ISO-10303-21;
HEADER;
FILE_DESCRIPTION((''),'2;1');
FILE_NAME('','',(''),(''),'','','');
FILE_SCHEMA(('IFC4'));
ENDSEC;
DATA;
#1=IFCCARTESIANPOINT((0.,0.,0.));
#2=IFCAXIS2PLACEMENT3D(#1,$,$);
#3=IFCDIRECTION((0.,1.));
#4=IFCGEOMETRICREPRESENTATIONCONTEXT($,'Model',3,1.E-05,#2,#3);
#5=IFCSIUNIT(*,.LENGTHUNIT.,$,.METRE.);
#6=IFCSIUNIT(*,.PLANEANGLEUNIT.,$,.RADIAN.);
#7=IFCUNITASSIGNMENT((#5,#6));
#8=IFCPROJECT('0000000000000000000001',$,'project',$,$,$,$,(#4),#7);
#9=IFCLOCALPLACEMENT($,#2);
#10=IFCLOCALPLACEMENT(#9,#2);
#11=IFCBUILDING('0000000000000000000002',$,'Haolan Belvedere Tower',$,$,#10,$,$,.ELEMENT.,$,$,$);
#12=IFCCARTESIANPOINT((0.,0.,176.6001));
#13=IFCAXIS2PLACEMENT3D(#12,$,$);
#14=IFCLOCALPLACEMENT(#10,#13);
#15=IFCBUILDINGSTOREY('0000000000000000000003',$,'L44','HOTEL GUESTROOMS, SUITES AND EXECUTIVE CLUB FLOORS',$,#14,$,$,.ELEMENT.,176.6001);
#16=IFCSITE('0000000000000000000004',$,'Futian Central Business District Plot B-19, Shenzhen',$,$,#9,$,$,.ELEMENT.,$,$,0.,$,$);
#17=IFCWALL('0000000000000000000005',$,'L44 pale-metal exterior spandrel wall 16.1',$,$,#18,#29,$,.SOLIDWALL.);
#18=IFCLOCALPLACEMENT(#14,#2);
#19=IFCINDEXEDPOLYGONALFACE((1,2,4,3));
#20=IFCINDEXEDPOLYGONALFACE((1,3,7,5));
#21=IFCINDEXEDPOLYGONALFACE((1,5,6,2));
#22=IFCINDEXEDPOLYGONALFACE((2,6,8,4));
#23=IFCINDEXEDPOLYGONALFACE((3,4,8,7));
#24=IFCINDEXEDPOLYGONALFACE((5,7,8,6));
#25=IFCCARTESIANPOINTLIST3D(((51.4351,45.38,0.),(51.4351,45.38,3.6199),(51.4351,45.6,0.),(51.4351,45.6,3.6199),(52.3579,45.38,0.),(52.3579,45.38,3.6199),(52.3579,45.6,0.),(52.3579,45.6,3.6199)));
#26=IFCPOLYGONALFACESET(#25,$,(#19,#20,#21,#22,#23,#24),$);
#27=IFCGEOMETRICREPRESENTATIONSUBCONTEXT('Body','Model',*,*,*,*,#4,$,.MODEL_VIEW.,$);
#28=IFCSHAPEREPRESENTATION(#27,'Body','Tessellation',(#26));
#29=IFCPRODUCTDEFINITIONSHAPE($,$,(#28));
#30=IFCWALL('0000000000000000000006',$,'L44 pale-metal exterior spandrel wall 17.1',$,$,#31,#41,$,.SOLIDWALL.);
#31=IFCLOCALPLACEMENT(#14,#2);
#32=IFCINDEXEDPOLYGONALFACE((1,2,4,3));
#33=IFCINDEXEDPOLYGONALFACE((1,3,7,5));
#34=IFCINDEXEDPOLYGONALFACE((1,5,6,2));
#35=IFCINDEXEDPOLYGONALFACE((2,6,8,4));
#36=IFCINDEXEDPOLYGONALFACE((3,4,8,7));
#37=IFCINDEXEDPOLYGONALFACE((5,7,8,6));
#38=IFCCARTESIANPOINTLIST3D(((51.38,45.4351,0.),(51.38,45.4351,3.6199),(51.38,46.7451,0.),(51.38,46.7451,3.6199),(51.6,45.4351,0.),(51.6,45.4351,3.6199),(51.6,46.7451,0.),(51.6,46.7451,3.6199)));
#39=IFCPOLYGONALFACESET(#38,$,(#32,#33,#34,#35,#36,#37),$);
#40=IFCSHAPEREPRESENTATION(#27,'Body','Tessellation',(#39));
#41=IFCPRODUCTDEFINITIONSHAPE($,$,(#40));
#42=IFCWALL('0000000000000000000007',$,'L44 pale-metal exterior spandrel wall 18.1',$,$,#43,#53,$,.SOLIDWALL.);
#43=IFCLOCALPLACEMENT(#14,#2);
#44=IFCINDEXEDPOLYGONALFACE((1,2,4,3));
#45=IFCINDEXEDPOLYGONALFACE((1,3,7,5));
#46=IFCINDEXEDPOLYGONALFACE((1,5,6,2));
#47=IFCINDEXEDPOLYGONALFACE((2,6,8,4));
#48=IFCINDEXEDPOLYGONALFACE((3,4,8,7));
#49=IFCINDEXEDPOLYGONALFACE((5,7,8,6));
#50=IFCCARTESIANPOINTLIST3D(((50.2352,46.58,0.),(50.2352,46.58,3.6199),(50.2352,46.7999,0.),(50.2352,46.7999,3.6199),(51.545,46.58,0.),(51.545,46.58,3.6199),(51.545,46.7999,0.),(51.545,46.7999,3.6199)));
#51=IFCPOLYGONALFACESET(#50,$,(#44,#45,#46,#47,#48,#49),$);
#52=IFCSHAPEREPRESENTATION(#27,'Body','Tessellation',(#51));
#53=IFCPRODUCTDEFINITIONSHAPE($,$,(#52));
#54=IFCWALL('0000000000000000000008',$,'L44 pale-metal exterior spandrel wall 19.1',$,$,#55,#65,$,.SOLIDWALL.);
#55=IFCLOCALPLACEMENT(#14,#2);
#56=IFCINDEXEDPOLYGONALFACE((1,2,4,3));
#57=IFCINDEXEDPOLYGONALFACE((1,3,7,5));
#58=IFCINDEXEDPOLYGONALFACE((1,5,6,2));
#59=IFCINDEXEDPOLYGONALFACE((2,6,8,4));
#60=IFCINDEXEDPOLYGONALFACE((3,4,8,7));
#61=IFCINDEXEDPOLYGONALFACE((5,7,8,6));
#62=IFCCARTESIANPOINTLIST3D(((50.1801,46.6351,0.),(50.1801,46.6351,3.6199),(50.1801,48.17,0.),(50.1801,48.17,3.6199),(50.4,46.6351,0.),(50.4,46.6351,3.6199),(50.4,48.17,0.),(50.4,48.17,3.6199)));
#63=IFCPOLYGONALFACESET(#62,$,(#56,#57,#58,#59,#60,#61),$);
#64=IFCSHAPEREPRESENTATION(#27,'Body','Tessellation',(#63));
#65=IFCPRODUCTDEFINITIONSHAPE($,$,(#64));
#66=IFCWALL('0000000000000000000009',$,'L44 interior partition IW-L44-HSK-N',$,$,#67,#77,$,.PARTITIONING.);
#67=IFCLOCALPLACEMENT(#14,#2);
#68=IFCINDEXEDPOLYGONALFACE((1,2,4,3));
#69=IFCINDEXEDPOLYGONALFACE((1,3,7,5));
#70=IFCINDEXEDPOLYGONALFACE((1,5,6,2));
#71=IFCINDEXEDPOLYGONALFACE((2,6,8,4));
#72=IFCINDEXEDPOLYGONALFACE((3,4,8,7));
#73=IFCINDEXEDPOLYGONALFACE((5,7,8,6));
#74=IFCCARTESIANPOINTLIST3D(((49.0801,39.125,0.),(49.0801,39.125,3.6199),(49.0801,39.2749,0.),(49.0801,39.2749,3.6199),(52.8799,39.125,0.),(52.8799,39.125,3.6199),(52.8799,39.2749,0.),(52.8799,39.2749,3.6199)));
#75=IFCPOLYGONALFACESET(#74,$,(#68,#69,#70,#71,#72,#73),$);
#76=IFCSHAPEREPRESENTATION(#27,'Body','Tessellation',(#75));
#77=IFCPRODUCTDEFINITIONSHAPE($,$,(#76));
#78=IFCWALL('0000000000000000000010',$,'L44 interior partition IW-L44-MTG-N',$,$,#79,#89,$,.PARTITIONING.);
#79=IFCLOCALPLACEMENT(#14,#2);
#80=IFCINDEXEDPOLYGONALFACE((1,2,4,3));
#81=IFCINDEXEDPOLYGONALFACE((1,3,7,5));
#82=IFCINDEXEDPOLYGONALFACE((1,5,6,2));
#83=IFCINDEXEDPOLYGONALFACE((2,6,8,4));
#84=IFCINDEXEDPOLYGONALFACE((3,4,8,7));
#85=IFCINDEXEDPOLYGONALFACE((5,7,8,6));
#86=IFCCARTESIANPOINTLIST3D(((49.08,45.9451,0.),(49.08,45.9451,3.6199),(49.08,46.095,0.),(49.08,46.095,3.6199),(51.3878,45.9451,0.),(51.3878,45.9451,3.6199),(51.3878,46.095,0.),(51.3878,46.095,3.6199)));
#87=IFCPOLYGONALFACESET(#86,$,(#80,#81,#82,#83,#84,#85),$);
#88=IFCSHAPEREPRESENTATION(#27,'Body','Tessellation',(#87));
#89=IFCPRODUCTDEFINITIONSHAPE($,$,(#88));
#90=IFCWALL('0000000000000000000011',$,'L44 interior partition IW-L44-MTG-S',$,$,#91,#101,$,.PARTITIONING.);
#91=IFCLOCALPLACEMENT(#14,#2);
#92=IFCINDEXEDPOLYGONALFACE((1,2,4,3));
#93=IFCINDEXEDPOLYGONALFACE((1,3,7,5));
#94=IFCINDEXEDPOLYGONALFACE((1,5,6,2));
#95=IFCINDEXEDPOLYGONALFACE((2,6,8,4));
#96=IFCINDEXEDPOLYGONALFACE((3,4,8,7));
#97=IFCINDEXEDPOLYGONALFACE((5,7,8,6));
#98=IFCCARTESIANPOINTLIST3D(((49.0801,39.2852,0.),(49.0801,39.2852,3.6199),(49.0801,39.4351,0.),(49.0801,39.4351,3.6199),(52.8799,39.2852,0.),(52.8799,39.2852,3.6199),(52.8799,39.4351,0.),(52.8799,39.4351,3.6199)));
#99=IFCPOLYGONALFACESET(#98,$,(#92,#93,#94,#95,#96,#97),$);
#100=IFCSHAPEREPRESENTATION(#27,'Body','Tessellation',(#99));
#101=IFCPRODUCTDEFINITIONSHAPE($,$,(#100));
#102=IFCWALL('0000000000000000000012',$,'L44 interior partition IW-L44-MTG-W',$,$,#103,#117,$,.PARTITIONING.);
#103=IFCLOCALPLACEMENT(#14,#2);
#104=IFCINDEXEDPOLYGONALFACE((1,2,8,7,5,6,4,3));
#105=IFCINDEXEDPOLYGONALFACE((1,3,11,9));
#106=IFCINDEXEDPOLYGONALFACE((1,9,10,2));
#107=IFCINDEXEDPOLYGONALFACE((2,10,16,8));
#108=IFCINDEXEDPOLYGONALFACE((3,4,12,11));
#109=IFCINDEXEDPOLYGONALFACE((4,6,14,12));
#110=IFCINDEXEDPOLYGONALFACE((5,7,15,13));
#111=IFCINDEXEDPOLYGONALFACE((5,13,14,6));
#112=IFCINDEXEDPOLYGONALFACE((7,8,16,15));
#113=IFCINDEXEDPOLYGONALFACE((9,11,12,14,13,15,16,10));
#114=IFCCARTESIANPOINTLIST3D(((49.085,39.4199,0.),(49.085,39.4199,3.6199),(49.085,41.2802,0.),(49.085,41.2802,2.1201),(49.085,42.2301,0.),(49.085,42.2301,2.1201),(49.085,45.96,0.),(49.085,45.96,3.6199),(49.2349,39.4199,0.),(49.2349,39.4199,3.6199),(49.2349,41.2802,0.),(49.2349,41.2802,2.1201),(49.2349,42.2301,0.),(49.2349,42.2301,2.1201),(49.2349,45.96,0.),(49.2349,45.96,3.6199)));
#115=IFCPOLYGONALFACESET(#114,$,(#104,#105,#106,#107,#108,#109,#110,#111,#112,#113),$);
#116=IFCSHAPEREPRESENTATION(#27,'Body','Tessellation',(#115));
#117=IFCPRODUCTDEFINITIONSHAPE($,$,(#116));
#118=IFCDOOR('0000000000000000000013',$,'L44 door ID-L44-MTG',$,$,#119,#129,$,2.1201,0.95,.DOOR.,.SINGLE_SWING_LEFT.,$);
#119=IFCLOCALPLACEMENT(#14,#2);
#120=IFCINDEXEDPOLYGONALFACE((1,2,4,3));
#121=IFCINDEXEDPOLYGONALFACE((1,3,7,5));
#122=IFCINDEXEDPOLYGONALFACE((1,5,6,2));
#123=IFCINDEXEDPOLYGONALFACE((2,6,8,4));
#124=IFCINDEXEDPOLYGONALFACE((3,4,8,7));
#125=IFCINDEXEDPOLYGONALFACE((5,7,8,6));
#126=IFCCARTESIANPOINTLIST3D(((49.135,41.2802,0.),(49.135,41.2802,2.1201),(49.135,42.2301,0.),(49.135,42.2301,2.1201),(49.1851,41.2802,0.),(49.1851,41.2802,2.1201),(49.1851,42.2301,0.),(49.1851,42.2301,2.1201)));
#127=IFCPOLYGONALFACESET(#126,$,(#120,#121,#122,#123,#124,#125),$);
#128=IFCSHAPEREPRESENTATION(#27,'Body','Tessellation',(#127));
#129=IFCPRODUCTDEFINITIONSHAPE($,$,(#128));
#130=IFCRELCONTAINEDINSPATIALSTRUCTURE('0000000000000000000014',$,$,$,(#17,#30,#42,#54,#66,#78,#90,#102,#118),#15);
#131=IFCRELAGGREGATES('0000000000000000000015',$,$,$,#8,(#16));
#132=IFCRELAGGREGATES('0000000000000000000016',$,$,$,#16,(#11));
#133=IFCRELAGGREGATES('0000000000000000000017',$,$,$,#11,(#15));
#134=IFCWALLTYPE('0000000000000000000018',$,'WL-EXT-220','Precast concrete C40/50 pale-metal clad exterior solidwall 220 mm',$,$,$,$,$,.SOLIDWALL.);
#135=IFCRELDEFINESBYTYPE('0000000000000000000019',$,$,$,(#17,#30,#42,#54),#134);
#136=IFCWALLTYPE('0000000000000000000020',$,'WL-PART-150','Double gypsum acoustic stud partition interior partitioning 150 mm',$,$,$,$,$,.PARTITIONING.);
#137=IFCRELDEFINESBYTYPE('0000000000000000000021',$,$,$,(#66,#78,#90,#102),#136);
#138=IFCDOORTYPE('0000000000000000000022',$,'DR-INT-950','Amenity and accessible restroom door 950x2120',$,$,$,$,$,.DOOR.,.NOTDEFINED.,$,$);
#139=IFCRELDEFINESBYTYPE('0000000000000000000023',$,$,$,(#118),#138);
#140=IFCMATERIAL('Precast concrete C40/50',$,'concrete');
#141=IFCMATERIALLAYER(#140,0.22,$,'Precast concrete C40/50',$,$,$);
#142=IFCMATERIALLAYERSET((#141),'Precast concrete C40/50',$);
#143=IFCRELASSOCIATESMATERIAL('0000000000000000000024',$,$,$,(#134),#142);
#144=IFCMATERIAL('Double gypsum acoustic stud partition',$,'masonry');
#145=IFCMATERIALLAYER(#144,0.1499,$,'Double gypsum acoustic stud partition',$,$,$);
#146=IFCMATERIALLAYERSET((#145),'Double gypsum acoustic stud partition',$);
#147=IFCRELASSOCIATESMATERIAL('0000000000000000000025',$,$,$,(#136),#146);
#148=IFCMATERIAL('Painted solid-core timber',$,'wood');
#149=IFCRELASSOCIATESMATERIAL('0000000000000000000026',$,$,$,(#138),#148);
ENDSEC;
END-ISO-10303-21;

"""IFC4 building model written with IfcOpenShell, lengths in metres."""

from ifc_helpers import new_model, si_unit, direction, frame, frame_2d, origin, place, context, subcontext, project, spatial, rectangle, extrude, material, layer, layer_set, type_object, element, fill, save


model = new_model("IFC4")

# Units and contexts
model_context = context("Model", 3, precision=1e-05, world=origin(), true_north=direction((0.0, 1.0)))
body_context = subcontext(model_context, "Body", "Model", "MODEL_VIEW")
ifc_project = project(units=[si_unit("LENGTHUNIT", "METRE"), si_unit("PLANEANGLEUNIT", "RADIAN")], contexts=[model_context])

# Site, building, storey
site_placement = place(None, origin())
site = spatial("IfcSite", under=ifc_project, at=site_placement, Name="Futian Central Business District Plot B-19, Shenzhen", CompositionType="ELEMENT", RefElevation=0.0)
building_placement = place(site_placement, origin())
building = spatial("IfcBuilding", under=site, at=building_placement, Name="Haolan Belvedere Tower", CompositionType="ELEMENT")
storey_placement = place(building_placement, frame((0.0, 0.0, 176.6001)))
storey = spatial("IfcBuildingStorey", under=building, at=storey_placement, Name="L44", Description="HOTEL GUESTROOMS, SUITES AND EXECUTIVE CLUB FLOORS", CompositionType="ELEMENT", Elevation=176.6001)

# Walls
ifc_material_1 = material(Name="Precast concrete C40/50", Category="concrete")
ifc_layer_1 = layer(ifc_material_1, 0.22, Name="Precast concrete C40/50")
ifc_layer_set_1 = layer_set([ifc_layer_1], Name="Precast concrete C40/50")
wall_type_1 = type_object("IfcWallType", Name="WL-EXT-220", Description="Precast concrete C40/50 pale-metal clad exterior solidwall 220 mm", PredefinedType="SOLIDWALL", material=ifc_layer_set_1)
wall_1_placement = place(storey_placement, frame((52.3579, 45.49, 0.0), z_axis=(0.0, 0.0, 1.0), x_axis=(-1.0, 0.0, 0.0)))
element("IfcWall", 1, at=wall_1_placement, inside=storey, type_object=wall_type_1, Name="L44 pale-metal exterior spandrel wall 16.1", PredefinedType="SOLIDWALL", context=body_context, shape_type="SweptSolid", body=[
    extrude(rectangle(XDim=0.9229, YDim=0.22, at=frame_2d((0.4614, 0.0))), origin(), (0.0, 0.0, 1.0), 3.6199),
])
wall_2_placement = place(storey_placement, frame((51.49, 45.4351, 0.0), z_axis=(0.0, 0.0, 1.0), x_axis=(0.0, 1.0, 0.0)))
element("IfcWall", 2, at=wall_2_placement, inside=storey, type_object=wall_type_1, Name="L44 pale-metal exterior spandrel wall 17.1", PredefinedType="SOLIDWALL", context=body_context, shape_type="SweptSolid", body=[
    extrude(rectangle(XDim=1.3101, YDim=0.22, at=frame_2d((0.655, 0.0))), origin(), (0.0, 0.0, 1.0), 3.6199),
])
wall_3_placement = place(storey_placement, frame((51.5449, 46.6899, 0.0), z_axis=(0.0, 0.0, 1.0), x_axis=(-1.0, 0.0, 0.0)))
element("IfcWall", 3, at=wall_3_placement, inside=storey, type_object=wall_type_1, Name="L44 pale-metal exterior spandrel wall 18.1", PredefinedType="SOLIDWALL", context=body_context, shape_type="SweptSolid", body=[
    extrude(rectangle(XDim=1.3098, YDim=0.22, at=frame_2d((0.6548, 0.0))), origin(), (0.0, 0.0, 1.0), 3.6199),
])
wall_4_placement = place(storey_placement, frame((50.29, 46.635, 0.0), z_axis=(0.0, 0.0, 1.0), x_axis=(0.0, 1.0, 0.0)))
element("IfcWall", 4, at=wall_4_placement, inside=storey, type_object=wall_type_1, Name="L44 pale-metal exterior spandrel wall 19.1", PredefinedType="SOLIDWALL", context=body_context, shape_type="SweptSolid", body=[
    extrude(rectangle(XDim=1.5349, YDim=0.22, at=frame_2d((0.7676, 0.0))), origin(), (0.0, 0.0, 1.0), 3.6199),
])
ifc_material_2 = material(Name="Double gypsum acoustic stud partition", Category="masonry")
ifc_layer_2 = layer(ifc_material_2, 0.1499, Name="Double gypsum acoustic stud partition")
ifc_layer_set_2 = layer_set([ifc_layer_2], Name="Double gypsum acoustic stud partition")
wall_type_2 = type_object("IfcWallType", Name="WL-PART-150", Description="Double gypsum acoustic stud partition interior partitioning 150 mm", PredefinedType="PARTITIONING", material=ifc_layer_set_2)
wall_5_placement = place(storey_placement, frame((49.0801, 39.2, 0.0), z_axis=(0.0, 0.0, 1.0), x_axis=(1.0, 0.0, 0.0)))
element("IfcWall", 5, at=wall_5_placement, inside=storey, type_object=wall_type_2, Name="L44 interior partition IW-L44-HSK-N", PredefinedType="PARTITIONING", context=body_context, shape_type="SweptSolid", body=[
    extrude(rectangle(XDim=3.7998, YDim=0.1499, at=frame_2d((1.8999, 0.0))), origin(), (0.0, 0.0, 1.0), 3.6199),
])
wall_6_placement = place(storey_placement, frame((49.0801, 46.02, 0.0), z_axis=(0.0, 0.0, 1.0), x_axis=(1.0, 0.0, 0.0)))
element("IfcWall", 6, at=wall_6_placement, inside=storey, type_object=wall_type_2, Name="L44 interior partition IW-L44-MTG-N", PredefinedType="PARTITIONING", context=body_context, shape_type="SweptSolid", body=[
    extrude(rectangle(XDim=2.3079, YDim=0.1499, at=frame_2d((1.1538, 0.0))), origin(), (0.0, 0.0, 1.0), 3.6199),
])
wall_7_placement = place(storey_placement, frame((49.0801, 39.3601, 0.0), z_axis=(0.0, 0.0, 1.0), x_axis=(1.0, 0.0, 0.0)))
element("IfcWall", 7, at=wall_7_placement, inside=storey, type_object=wall_type_2, Name="L44 interior partition IW-L44-MTG-S", PredefinedType="PARTITIONING", context=body_context, shape_type="SweptSolid", body=[
    extrude(rectangle(XDim=3.7998, YDim=0.1499, at=frame_2d((1.8999, 0.0))), origin(), (0.0, 0.0, 1.0), 3.6199),
])

# Wall, opening, door
wall_8_placement = place(storey_placement, frame((49.1599, 39.4199, 0.0), z_axis=(0.0, 0.0, 1.0), x_axis=(0.0, 1.0, 0.0)))
wall_8 = element("IfcWall", 8, at=wall_8_placement, inside=storey, type_object=wall_type_2, Name="L44 interior partition IW-L44-MTG-W", PredefinedType="PARTITIONING", context=body_context, shape_type="SweptSolid", body=[
    extrude(rectangle(XDim=6.54, YDim=0.1499, at=frame_2d((3.27, 0.0))), origin(), (0.0, 0.0, 1.0), 3.6199),
])
opening_placement = place(wall_8_placement, frame((1.8601, 0.0, 0.0)))
opening = element("IfcOpeningElement", 9, at=opening_placement, cuts=wall_8, PredefinedType="OPENING", context=body_context, shape_type="SweptSolid", body=[
    extrude(rectangle(XDim=0.95, YDim=2.1201, at=frame_2d((0.4751, 1.0601))), frame((0.0, 0.085, 0.0), z_axis=(0.0, -1.0, 0.0), x_axis=(1.0, 0.0, 0.0)), (0.0, 0.0, 1.0), 0.1699),
])
ifc_material_3 = material(Name="Painted solid-core timber", Category="wood")
door_type = type_object("IfcDoorType", Name="DR-INT-950", Description="Amenity and accessible restroom door 950x2120", OperationType="NOTDEFINED", PredefinedType="DOOR", material=ifc_material_3)
door_placement = place(opening_placement, origin())
door = element("IfcDoor", 10, at=door_placement, inside=storey, type_object=door_type, Name="L44 door ID-L44-MTG", OperationType="SINGLE_SWING_LEFT", OverallHeight=2.1201, OverallWidth=0.95, PredefinedType="DOOR", context=body_context, shape_type="SweptSolid", body=[
    extrude(rectangle(XDim=0.95, YDim=2.1201, at=frame_2d((0.4751, 1.0601))), frame((0.0, 0.0249, 0.0), z_axis=(0.0, -1.0, 0.0), x_axis=(1.0, 0.0, 0.0)), (0.0, 0.0, 1.0), 0.05),
])
fill(opening, door)

save(model, "model.ifc")
